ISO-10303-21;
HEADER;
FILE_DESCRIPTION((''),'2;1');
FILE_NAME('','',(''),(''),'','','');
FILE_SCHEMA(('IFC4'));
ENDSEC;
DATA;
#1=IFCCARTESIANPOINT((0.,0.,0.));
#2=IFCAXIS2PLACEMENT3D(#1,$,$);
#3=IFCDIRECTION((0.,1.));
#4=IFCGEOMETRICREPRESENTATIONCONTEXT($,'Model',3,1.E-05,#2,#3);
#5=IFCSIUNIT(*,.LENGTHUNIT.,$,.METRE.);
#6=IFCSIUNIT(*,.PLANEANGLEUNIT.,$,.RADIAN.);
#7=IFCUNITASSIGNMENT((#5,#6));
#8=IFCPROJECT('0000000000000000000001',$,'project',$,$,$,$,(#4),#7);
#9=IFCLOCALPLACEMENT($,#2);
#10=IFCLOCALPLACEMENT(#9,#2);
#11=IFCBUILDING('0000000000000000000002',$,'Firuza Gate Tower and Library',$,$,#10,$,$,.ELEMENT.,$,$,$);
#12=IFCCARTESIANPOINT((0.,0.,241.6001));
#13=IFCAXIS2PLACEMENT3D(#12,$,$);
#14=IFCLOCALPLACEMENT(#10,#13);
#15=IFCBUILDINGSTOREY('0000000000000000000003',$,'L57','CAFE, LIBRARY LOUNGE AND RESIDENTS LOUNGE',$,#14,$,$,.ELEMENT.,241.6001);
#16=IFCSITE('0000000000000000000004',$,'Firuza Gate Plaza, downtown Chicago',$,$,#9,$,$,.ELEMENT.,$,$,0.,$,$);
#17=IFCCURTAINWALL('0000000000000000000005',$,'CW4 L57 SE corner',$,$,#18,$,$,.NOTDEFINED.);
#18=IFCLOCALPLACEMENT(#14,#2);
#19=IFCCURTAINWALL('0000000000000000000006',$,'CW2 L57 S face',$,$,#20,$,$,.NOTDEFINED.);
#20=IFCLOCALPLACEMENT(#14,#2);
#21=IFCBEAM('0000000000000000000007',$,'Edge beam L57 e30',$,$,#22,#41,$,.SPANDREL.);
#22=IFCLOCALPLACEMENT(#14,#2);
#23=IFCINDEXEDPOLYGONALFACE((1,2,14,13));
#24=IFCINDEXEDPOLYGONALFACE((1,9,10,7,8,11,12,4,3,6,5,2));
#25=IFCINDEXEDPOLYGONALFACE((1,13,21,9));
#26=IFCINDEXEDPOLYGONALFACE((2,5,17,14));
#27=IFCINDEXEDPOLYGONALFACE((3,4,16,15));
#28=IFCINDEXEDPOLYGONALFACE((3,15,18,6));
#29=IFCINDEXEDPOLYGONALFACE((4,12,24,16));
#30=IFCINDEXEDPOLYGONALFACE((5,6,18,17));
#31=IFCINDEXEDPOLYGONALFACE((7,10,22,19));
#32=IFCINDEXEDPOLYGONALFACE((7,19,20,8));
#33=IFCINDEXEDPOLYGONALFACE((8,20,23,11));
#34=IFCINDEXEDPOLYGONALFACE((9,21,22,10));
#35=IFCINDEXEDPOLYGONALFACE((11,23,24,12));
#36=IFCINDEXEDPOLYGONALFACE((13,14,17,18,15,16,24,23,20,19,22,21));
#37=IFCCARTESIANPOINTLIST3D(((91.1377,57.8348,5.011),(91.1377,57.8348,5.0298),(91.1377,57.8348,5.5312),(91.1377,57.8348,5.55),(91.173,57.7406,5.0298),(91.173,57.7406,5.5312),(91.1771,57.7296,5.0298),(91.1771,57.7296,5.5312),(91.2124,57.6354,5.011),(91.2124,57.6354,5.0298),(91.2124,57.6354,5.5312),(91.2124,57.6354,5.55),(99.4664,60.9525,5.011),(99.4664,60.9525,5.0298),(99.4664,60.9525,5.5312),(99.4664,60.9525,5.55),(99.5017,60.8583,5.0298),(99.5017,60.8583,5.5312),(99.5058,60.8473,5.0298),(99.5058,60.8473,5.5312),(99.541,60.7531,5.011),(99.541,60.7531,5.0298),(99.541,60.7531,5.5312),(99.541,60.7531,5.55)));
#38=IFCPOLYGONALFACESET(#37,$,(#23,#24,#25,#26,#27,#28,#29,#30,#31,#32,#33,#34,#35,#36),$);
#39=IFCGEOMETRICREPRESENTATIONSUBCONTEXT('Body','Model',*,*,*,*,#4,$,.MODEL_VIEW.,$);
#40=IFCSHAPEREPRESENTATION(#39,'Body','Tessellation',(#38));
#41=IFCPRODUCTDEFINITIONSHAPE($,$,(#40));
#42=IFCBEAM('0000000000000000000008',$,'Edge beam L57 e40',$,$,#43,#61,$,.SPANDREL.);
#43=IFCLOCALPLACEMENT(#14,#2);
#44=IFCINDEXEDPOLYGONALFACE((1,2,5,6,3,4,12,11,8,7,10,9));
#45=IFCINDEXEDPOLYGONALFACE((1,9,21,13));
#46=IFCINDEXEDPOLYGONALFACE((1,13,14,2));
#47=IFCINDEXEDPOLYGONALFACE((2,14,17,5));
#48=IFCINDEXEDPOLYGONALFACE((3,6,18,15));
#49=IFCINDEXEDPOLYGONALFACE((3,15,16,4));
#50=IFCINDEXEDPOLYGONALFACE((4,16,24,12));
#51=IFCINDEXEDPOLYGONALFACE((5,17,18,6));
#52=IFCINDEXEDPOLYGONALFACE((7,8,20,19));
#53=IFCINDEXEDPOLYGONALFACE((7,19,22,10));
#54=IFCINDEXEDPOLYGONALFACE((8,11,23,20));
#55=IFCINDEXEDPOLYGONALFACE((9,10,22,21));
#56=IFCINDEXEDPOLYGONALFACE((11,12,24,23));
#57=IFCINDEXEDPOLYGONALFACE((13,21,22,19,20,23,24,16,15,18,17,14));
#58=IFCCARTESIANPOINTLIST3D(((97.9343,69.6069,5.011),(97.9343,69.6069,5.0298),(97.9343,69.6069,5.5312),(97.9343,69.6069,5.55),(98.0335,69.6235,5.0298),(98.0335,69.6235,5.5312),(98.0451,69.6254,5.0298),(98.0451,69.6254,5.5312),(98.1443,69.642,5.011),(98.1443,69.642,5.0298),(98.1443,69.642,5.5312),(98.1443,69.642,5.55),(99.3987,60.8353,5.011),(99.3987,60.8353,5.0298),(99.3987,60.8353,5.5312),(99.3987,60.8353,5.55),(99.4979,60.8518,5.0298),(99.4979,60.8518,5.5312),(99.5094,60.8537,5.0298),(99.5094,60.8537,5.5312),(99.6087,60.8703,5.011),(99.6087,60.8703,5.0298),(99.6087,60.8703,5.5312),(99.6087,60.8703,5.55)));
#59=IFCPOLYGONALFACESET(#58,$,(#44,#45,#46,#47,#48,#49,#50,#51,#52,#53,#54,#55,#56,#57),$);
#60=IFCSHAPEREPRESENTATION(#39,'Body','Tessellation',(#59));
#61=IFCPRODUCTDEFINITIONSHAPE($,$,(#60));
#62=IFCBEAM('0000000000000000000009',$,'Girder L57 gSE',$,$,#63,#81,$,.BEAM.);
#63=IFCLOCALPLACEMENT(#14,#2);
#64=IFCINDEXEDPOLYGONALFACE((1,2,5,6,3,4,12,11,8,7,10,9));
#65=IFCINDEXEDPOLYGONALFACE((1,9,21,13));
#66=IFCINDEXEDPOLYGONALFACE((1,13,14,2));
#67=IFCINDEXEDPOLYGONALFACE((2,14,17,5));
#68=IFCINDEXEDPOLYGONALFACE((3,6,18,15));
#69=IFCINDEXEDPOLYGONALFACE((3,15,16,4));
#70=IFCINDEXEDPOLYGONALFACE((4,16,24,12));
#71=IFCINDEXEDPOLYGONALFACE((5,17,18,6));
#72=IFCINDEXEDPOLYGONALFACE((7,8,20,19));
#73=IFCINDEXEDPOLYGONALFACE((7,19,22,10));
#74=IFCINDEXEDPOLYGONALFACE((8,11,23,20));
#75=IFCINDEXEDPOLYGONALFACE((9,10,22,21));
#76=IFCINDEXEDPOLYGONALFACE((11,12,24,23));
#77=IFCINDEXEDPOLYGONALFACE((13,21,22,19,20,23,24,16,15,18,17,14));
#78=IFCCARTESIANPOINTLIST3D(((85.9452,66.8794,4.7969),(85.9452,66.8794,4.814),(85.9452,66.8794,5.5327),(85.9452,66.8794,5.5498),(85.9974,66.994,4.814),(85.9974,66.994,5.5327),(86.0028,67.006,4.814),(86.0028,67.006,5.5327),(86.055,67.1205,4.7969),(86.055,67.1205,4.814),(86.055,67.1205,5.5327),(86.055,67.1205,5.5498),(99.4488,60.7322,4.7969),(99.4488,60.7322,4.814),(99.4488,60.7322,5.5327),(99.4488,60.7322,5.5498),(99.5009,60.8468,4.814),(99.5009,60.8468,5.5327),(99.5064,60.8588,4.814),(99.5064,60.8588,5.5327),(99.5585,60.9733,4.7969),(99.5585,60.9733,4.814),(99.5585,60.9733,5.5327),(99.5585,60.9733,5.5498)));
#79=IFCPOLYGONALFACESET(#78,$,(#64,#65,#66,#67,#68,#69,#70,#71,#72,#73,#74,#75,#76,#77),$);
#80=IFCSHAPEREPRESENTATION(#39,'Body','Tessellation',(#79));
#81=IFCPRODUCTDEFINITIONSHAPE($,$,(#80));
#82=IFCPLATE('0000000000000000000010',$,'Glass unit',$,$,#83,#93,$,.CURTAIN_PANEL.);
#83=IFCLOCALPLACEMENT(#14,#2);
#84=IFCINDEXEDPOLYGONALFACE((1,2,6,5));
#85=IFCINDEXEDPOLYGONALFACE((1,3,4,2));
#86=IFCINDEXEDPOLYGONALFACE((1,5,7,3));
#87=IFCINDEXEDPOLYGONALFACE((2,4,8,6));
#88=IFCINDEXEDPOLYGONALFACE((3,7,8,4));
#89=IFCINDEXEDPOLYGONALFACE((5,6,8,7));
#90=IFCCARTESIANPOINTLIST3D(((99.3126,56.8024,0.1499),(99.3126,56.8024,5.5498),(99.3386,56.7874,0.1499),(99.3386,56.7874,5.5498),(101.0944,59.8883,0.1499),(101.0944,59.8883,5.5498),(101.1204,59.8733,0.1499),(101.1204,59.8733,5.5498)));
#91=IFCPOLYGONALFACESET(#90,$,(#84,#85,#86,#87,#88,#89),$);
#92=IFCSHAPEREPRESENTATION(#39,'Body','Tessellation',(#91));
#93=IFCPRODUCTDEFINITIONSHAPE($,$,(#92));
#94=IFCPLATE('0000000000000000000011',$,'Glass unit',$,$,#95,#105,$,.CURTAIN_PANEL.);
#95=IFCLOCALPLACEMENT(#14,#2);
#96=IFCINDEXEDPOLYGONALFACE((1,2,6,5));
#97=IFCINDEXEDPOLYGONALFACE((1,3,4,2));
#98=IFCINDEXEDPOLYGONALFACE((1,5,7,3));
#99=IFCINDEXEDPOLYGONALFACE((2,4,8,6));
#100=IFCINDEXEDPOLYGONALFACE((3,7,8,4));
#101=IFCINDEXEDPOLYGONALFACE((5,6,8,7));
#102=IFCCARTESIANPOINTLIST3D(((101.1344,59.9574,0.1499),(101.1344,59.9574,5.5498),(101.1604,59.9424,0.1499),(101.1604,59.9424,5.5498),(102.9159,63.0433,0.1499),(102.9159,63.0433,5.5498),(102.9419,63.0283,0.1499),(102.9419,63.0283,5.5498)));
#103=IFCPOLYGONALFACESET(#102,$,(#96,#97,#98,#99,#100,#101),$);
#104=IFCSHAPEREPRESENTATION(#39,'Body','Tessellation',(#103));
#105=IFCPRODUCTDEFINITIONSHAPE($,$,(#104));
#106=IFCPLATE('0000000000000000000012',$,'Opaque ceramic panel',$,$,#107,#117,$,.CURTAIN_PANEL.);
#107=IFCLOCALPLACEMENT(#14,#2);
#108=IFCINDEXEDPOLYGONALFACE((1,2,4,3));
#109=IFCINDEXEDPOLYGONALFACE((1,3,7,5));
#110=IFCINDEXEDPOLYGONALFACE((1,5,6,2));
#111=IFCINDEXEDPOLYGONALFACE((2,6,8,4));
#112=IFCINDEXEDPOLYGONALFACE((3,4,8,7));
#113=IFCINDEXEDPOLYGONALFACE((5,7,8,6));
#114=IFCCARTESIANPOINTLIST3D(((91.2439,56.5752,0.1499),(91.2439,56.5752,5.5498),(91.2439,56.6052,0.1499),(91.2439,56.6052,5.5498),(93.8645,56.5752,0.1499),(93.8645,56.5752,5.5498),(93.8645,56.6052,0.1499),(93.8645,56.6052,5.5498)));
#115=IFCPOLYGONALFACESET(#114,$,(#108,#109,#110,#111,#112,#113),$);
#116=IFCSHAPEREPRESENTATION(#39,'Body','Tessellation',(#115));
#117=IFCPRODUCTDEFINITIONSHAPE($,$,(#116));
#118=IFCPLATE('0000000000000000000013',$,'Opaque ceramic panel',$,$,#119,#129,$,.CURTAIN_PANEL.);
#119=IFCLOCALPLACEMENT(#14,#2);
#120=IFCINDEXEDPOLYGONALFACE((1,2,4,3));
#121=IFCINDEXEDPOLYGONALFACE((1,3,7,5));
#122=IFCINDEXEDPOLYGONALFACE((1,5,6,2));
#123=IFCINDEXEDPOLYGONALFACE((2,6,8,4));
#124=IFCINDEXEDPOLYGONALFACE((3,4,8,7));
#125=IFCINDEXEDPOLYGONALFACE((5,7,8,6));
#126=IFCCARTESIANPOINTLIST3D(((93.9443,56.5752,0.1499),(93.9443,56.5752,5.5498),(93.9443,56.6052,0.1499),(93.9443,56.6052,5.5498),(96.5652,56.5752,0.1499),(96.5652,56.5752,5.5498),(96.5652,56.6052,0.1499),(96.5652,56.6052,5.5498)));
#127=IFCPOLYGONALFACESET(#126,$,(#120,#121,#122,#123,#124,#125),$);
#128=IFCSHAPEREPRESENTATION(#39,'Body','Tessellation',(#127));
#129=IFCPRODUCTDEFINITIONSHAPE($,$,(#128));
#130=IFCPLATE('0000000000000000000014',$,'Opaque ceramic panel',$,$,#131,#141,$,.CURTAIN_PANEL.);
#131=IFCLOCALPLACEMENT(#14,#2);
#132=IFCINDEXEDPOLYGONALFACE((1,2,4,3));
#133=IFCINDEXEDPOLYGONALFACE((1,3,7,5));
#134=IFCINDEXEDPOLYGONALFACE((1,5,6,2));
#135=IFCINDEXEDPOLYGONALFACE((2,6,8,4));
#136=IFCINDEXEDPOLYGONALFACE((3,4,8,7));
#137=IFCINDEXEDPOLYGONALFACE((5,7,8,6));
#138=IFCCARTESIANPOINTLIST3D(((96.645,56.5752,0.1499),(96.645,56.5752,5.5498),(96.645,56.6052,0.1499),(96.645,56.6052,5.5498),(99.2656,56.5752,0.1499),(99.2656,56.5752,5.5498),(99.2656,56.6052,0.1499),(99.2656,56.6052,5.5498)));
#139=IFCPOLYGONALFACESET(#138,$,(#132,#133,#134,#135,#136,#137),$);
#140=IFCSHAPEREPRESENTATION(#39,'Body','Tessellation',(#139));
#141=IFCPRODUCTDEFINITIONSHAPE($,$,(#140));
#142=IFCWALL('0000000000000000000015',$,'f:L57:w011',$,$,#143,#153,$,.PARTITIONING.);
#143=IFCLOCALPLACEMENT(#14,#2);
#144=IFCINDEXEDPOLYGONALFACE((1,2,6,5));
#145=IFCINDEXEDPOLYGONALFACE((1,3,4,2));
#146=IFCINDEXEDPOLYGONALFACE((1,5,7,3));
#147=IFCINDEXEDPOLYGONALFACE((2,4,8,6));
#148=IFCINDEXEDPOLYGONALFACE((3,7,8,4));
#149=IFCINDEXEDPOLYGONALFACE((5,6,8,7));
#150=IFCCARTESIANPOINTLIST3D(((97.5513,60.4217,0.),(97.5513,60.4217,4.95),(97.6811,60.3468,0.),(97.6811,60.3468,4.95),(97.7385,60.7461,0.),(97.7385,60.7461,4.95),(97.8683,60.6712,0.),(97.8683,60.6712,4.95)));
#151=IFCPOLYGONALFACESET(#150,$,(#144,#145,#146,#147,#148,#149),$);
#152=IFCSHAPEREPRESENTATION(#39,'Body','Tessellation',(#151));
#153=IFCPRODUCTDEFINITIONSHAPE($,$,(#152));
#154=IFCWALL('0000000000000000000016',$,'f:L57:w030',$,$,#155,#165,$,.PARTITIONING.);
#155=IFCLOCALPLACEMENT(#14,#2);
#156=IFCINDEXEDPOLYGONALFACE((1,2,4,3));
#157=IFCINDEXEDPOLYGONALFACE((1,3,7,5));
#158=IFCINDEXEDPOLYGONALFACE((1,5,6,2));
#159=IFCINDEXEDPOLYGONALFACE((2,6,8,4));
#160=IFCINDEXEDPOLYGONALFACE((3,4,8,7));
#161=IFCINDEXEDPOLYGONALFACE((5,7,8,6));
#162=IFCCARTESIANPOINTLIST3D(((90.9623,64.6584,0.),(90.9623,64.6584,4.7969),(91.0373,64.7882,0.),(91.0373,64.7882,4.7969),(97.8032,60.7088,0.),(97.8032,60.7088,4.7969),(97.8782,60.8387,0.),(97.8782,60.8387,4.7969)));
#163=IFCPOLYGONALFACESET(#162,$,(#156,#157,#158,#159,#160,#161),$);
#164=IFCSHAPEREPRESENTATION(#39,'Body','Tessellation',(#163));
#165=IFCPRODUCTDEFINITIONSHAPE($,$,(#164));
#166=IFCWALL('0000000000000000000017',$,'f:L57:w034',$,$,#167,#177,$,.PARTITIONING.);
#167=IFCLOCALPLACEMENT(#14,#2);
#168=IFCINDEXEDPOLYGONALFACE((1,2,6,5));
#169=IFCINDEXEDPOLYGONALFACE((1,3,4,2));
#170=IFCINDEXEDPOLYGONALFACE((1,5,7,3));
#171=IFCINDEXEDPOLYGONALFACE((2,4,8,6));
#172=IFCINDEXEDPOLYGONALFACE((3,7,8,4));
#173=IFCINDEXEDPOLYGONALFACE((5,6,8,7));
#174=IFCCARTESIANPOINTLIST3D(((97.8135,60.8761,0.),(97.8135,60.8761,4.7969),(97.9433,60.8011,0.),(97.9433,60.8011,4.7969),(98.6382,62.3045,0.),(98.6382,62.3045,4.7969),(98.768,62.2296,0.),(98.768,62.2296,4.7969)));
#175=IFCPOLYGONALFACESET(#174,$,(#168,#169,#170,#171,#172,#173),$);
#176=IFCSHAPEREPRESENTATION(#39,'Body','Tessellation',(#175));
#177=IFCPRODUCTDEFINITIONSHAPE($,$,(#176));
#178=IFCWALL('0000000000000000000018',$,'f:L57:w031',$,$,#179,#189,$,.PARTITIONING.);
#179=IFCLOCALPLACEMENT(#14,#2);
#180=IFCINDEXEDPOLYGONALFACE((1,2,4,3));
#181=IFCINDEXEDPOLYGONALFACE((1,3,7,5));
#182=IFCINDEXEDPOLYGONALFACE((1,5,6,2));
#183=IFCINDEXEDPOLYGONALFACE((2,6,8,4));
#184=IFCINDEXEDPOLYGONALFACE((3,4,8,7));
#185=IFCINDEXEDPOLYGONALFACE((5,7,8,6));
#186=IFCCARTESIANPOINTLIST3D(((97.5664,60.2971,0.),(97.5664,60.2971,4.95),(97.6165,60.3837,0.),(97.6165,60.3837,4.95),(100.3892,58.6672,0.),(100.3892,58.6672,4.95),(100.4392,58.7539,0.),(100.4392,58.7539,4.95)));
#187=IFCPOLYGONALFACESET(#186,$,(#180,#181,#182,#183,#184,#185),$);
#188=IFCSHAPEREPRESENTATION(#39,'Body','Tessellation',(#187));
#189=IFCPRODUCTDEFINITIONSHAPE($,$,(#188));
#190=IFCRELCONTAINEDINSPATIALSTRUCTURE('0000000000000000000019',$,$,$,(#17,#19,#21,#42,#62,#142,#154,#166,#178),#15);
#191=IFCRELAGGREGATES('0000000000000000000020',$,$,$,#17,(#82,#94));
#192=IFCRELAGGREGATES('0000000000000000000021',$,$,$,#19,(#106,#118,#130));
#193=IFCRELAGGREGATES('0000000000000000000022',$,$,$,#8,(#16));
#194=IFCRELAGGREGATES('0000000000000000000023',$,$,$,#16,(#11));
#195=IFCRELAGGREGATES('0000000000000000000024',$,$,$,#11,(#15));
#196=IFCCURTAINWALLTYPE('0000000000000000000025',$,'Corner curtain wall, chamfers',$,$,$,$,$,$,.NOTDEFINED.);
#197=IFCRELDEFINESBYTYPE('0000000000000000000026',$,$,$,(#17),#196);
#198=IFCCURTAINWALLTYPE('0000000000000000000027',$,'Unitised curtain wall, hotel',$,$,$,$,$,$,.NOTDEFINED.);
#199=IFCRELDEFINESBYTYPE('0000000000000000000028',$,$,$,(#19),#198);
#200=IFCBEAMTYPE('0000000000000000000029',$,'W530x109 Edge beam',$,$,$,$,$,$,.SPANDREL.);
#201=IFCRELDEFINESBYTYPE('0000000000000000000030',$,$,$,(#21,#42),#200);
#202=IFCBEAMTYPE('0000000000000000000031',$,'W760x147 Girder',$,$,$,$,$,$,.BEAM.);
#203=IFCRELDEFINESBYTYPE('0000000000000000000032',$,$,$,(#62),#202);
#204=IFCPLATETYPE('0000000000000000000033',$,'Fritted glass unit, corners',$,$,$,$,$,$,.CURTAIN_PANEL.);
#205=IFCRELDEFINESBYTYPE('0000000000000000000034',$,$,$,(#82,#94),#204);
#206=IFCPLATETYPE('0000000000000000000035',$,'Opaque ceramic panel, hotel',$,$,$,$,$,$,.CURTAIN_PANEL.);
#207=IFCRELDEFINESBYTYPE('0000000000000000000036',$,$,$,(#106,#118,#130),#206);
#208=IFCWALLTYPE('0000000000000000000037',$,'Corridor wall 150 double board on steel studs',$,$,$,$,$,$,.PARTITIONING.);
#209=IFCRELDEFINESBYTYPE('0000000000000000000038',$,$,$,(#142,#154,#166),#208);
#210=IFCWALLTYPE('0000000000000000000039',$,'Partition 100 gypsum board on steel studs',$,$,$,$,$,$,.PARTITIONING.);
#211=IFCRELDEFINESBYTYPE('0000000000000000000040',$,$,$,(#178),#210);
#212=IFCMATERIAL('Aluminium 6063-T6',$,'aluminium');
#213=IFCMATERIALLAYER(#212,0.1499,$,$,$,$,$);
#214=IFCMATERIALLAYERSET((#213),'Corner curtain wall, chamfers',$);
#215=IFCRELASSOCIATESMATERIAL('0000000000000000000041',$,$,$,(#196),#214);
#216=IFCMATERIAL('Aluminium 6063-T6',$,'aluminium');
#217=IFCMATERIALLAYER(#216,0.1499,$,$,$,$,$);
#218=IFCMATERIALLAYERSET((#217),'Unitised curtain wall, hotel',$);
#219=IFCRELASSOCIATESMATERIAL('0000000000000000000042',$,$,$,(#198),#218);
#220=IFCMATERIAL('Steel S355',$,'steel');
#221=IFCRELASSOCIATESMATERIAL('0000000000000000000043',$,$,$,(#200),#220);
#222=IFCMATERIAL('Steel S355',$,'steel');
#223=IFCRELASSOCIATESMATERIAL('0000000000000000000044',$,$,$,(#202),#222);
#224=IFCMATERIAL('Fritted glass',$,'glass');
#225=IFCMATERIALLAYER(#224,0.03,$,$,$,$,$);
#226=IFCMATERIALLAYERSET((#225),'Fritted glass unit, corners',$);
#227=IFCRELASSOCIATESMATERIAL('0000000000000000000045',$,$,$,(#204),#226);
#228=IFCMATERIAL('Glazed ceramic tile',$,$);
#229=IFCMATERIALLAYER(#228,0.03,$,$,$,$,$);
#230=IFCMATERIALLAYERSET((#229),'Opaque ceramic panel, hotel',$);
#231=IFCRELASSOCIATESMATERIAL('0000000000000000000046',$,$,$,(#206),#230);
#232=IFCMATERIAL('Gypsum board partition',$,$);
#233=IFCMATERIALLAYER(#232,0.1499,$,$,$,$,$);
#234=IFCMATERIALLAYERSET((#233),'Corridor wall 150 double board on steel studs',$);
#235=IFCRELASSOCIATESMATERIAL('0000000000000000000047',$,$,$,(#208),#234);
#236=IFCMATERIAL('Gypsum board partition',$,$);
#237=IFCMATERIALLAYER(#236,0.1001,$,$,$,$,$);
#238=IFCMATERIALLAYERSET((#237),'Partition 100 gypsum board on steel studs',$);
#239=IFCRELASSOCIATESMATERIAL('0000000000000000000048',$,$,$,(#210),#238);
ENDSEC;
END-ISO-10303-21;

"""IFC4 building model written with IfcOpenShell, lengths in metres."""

from ifc_helpers import new_model, si_unit, direction, frame, frame_2d, origin, origin_2d, place, context, subcontext, project, spatial, polyline, rectangle, i_section, outline, extrude, material, layer, layer_set, material_profile, profile_set, type_object, element, aggregate, save


model = new_model("IFC4")

# Units and contexts
model_context = context("Model", 3, precision=1e-05, world=origin(), true_north=direction((0.0, 1.0)))
body_context = subcontext(model_context, "Body", "Model", "MODEL_VIEW")
ifc_project = project(units=[si_unit("LENGTHUNIT", "METRE"), si_unit("PLANEANGLEUNIT", "RADIAN")], contexts=[model_context])

# Site, building, storey
site_placement = place(None, origin())
site = spatial("IfcSite", under=ifc_project, at=site_placement, Name="Firuza Gate Plaza, downtown Chicago", CompositionType="ELEMENT", RefElevation=0.0)
building_placement = place(site_placement, origin())
building = spatial("IfcBuilding", under=site, at=building_placement, Name="Firuza Gate Tower and Library", CompositionType="ELEMENT")
storey_placement = place(building_placement, frame((0.0, 0.0, 241.6001)))
storey = spatial("IfcBuildingStorey", under=building, at=storey_placement, Name="L57", Description="CAFE, LIBRARY LOUNGE AND RESIDENTS LOUNGE", CompositionType="ELEMENT", Elevation=241.6001)

# Curtain walls
ifc_material_1 = material(Name="Aluminium 6063-T6", Category="aluminium")
ifc_layer_1 = layer(ifc_material_1, 0.1499)
ifc_layer_set_1 = layer_set([ifc_layer_1], Name="Corner curtain wall, chamfers")
curtain_wall_type_1 = type_object("IfcCurtainWallType", Name="Corner curtain wall, chamfers", PredefinedType="NOTDEFINED", material=ifc_layer_set_1)
placement = place(storey_placement, origin())
curtain_wall_1 = element("IfcCurtainWall", 1, at=placement, inside=storey, type_object=curtain_wall_type_1, Name="CW4 L57 SE corner", PredefinedType="NOTDEFINED")
ifc_material_2 = material(Name="Aluminium 6063-T6", Category="aluminium")
ifc_layer_2 = layer(ifc_material_2, 0.1499)
ifc_layer_set_2 = layer_set([ifc_layer_2], Name="Unitised curtain wall, hotel")
curtain_wall_type_2 = type_object("IfcCurtainWallType", Name="Unitised curtain wall, hotel", PredefinedType="NOTDEFINED", material=ifc_layer_set_2)
curtain_wall_2 = element("IfcCurtainWall", 2, at=placement, inside=storey, type_object=curtain_wall_type_2, Name="CW2 L57 S face", PredefinedType="NOTDEFINED")

# Beams
ifc_material_3 = material(Name="Steel S355", Category="steel")
ifc_material_profile_1 = material_profile(ifc_material_3, i_section(OverallWidth=0.2129, OverallDepth=0.5391, WebThickness=0.0117, FlangeThickness=0.0188, at=origin_2d()))
ifc_profile_set_1 = profile_set([ifc_material_profile_1], Name="Steel S355")
beam_type_1 = type_object("IfcBeamType", Name="W530x109 Edge beam", PredefinedType="SPANDREL", material=ifc_profile_set_1)
for number, where, z_axis, x_axis, name in (
    (3, (91.175, 57.7351, 5.2805), (0.936534, 0.350576, 0.0), (-0.350576, 0.936534, 0.0), "Edge beam L57 e30"),
    (4, (99.5037, 60.8528, 5.2805), (-0.164662, 0.98635, 0.0), (-0.98635, -0.164662, 0.0), "Edge beam L57 e40"),
):
    element("IfcBeam", number, at=place(storey_placement, frame(where, z_axis=z_axis, x_axis=x_axis)), inside=storey, type_object=beam_type_1, Name=name, PredefinedType="SPANDREL", context=body_context, shape_type="SweptSolid", body=[
        extrude(i_section(OverallWidth=0.2129, OverallDepth=0.5391, WebThickness=0.0117, FlangeThickness=0.0188, at=origin_2d()), origin(), (0.0, 0.0, 1.0), 8.8931),
    ])
ifc_material_4 = material(Name="Steel S355", Category="steel")
ifc_material_profile_2 = material_profile(ifc_material_4, i_section(OverallWidth=0.2649, OverallDepth=0.7529, WebThickness=0.0132, FlangeThickness=0.0171, at=origin_2d()))
ifc_profile_set_2 = profile_set([ifc_material_profile_2], Name="Steel S355")
beam_type_2 = type_object("IfcBeamType", Name="W760x147 Girder", PredefinedType="BEAM", material=ifc_profile_set_2)
beam_1_placement = place(storey_placement, frame((99.5037, 60.8528, 5.1733), z_axis=(-0.910133, 0.414316, 0.0), x_axis=(-0.414316, -0.910133, 0.0)))
element("IfcBeam", 5, at=beam_1_placement, inside=storey, type_object=beam_type_2, Name="Girder L57 gSE", PredefinedType="BEAM", context=body_context, shape_type="SweptSolid", body=[
    extrude(i_section(OverallWidth=0.2649, OverallDepth=0.7529, WebThickness=0.0132, FlangeThickness=0.0171, at=origin_2d()), origin(), (0.0, 0.0, 1.0), 14.8369),
])

# Plates
ifc_material_5 = material(Name="Fritted glass", Category="glass")
ifc_layer_3 = layer(ifc_material_5, 0.03)
ifc_layer_set_3 = layer_set([ifc_layer_3], Name="Fritted glass unit, corners")
plate_type_1 = type_object("IfcPlateType", Name="Fritted glass unit, corners", PredefinedType="CURTAIN_PANEL", material=ifc_layer_set_3)
plate_1_placement = place(storey_placement, frame((99.3386, 56.7874, 0.1499), z_axis=(0.866017, -0.500015, 0.0), x_axis=(0.500015, 0.866017, 0.0)))
plate_1 = element("IfcPlate", 6, at=plate_1_placement, type_object=plate_type_1, Name="Glass unit", PredefinedType="CURTAIN_PANEL", context=body_context, shape_type="SweptSolid", body=[
    extrude(outline(polyline([(0.0, 0.0), (3.5634, 0.0), (3.5634, 5.3999), (0.0, 5.3999), (0.0, 0.0)])), origin(), (0.0, 0.0, -1.0), 0.03),
])
plate_2_placement = place(storey_placement, frame((101.1604, 59.9424, 0.1499), z_axis=(0.866046, -0.499964, 0.0), x_axis=(0.499964, 0.866046, 0.0)))
plate_2 = element("IfcPlate", 7, at=plate_2_placement, type_object=plate_type_1, Name="Glass unit", PredefinedType="CURTAIN_PANEL", context=body_context, shape_type="SweptSolid", body=[
    extrude(outline(polyline([(0.0, 0.0), (3.5632, 0.0), (3.5632, 5.3999), (0.0, 5.3999), (0.0, 0.0)])), origin(), (0.0, 0.0, -1.0), 0.03),
])
aggregate(curtain_wall_1, [plate_1, plate_2])
ifc_material_6 = material(Name="Glazed ceramic tile")
ifc_layer_4 = layer(ifc_material_6, 0.03)
ifc_layer_set_4 = layer_set([ifc_layer_4], Name="Opaque ceramic panel, hotel")
plate_type_2 = type_object("IfcPlateType", Name="Opaque ceramic panel, hotel", PredefinedType="CURTAIN_PANEL", material=ifc_layer_set_4)
plate_3_placement = place(storey_placement, frame((91.2439, 56.5752, 0.1499), z_axis=(0.0, -1.0, 0.0), x_axis=(1.0, 0.0, 0.0)))
plate_3 = element("IfcPlate", 8, at=plate_3_placement, type_object=plate_type_2, Name="Opaque ceramic panel", PredefinedType="CURTAIN_PANEL", context=body_context, shape_type="SweptSolid", body=[
    extrude(outline(polyline([(0.0, 0.0), (2.6206, 0.0), (2.6206, 5.3999), (0.0, 5.3999), (0.0, 0.0)])), origin(), (0.0, 0.0, -1.0), 0.03),
])
plate_4_placement = place(storey_placement, frame((93.9443, 56.5752, 0.1499), z_axis=(0.0, -1.0, 0.0), x_axis=(1.0, 0.0, 0.0)))
plate_4 = element("IfcPlate", 9, at=plate_4_placement, type_object=plate_type_2, Name="Opaque ceramic panel", PredefinedType="CURTAIN_PANEL", context=body_context, shape_type="SweptSolid", body=[
    extrude(outline(polyline([(0.0, 0.0), (2.6208, 0.0), (2.6208, 5.3999), (0.0, 5.3999), (0.0, 0.0)])), origin(), (0.0, 0.0, -1.0), 0.03),
])
plate_5_placement = place(storey_placement, frame((96.645, 56.5752, 0.1499), z_axis=(0.0, -1.0, 0.0), x_axis=(1.0, 0.0, 0.0)))
plate_5 = element("IfcPlate", 10, at=plate_5_placement, type_object=plate_type_2, Name="Opaque ceramic panel", PredefinedType="CURTAIN_PANEL", context=body_context, shape_type="SweptSolid", body=[
    extrude(outline(polyline([(0.0, 0.0), (2.6206, 0.0), (2.6206, 5.3999), (0.0, 5.3999), (0.0, 0.0)])), origin(), (0.0, 0.0, -1.0), 0.03),
])
aggregate(curtain_wall_2, [plate_3, plate_4, plate_5])

# Walls
ifc_material_7 = material(Name="Gypsum board partition")
ifc_layer_5 = layer(ifc_material_7, 0.1499)
ifc_layer_set_5 = layer_set([ifc_layer_5], Name="Corridor wall 150 double board on steel studs")
wall_type_1 = type_object("IfcWallType", Name="Corridor wall 150 double board on steel studs", PredefinedType="PARTITIONING", material=ifc_layer_set_5)
wall_1_placement = place(storey_placement, frame((97.6162, 60.3843, 0.0), z_axis=(0.0, 0.0, 1.0), x_axis=(0.499854, 0.86611, 0.0)))
element("IfcWall", 11, at=wall_1_placement, inside=storey, type_object=wall_type_1, Name="f:L57:w011", PredefinedType="PARTITIONING", context=body_context, shape_type="SweptSolid", body=[
    extrude(rectangle(XDim=0.3745, YDim=0.1499, at=frame_2d((0.1873, 0.0))), origin(), (0.0, 0.0, 1.0), 4.95),
])
wall_2_placement = place(storey_placement, frame((97.8408, 60.7737, 0.0), z_axis=(0.0, 0.0, 1.0), x_axis=(-0.86603, 0.499992, 0.0)))
element("IfcWall", 12, at=wall_2_placement, inside=storey, type_object=wall_type_1, Name="f:L57:w030", PredefinedType="PARTITIONING", context=body_context, shape_type="SweptSolid", body=[
    extrude(rectangle(XDim=7.8992, YDim=0.1499, at=frame_2d((3.9497, 0.0))), origin(), (0.0, 0.0, 1.0), 4.7969),
])
wall_3_placement = place(storey_placement, frame((97.8784, 60.8386, 0.0), z_axis=(0.0, 0.0, 1.0), x_axis=(0.499992, 0.86603, 0.0)))
element("IfcWall", 13, at=wall_3_placement, inside=storey, type_object=wall_type_1, Name="f:L57:w034", PredefinedType="PARTITIONING", context=body_context, shape_type="SweptSolid", body=[
    extrude(rectangle(XDim=1.6494, YDim=0.1499, at=frame_2d((0.8247, 0.0))), origin(), (0.0, 0.0, 1.0), 4.7969),
])
ifc_material_8 = material(Name="Gypsum board partition")
ifc_layer_6 = layer(ifc_material_8, 0.1001)
ifc_layer_set_6 = layer_set([ifc_layer_6], Name="Partition 100 gypsum board on steel studs")
wall_type_2 = type_object("IfcWallType", Name="Partition 100 gypsum board on steel studs", PredefinedType="PARTITIONING", material=ifc_layer_set_6)
wall_4_placement = place(storey_placement, frame((100.4143, 58.7104, 0.0), z_axis=(0.0, 0.0, 1.0), x_axis=(-0.866003, 0.500038, 0.0)))
element("IfcWall", 14, at=wall_4_placement, inside=storey, type_object=wall_type_2, Name="f:L57:w031", PredefinedType="PARTITIONING", context=body_context, shape_type="SweptSolid", body=[
    extrude(rectangle(XDim=3.2595, YDim=0.1001, at=frame_2d((1.6299, 0.0))), origin(), (0.0, 0.0, 1.0), 4.95),
])

save(model, "model.ifc")
